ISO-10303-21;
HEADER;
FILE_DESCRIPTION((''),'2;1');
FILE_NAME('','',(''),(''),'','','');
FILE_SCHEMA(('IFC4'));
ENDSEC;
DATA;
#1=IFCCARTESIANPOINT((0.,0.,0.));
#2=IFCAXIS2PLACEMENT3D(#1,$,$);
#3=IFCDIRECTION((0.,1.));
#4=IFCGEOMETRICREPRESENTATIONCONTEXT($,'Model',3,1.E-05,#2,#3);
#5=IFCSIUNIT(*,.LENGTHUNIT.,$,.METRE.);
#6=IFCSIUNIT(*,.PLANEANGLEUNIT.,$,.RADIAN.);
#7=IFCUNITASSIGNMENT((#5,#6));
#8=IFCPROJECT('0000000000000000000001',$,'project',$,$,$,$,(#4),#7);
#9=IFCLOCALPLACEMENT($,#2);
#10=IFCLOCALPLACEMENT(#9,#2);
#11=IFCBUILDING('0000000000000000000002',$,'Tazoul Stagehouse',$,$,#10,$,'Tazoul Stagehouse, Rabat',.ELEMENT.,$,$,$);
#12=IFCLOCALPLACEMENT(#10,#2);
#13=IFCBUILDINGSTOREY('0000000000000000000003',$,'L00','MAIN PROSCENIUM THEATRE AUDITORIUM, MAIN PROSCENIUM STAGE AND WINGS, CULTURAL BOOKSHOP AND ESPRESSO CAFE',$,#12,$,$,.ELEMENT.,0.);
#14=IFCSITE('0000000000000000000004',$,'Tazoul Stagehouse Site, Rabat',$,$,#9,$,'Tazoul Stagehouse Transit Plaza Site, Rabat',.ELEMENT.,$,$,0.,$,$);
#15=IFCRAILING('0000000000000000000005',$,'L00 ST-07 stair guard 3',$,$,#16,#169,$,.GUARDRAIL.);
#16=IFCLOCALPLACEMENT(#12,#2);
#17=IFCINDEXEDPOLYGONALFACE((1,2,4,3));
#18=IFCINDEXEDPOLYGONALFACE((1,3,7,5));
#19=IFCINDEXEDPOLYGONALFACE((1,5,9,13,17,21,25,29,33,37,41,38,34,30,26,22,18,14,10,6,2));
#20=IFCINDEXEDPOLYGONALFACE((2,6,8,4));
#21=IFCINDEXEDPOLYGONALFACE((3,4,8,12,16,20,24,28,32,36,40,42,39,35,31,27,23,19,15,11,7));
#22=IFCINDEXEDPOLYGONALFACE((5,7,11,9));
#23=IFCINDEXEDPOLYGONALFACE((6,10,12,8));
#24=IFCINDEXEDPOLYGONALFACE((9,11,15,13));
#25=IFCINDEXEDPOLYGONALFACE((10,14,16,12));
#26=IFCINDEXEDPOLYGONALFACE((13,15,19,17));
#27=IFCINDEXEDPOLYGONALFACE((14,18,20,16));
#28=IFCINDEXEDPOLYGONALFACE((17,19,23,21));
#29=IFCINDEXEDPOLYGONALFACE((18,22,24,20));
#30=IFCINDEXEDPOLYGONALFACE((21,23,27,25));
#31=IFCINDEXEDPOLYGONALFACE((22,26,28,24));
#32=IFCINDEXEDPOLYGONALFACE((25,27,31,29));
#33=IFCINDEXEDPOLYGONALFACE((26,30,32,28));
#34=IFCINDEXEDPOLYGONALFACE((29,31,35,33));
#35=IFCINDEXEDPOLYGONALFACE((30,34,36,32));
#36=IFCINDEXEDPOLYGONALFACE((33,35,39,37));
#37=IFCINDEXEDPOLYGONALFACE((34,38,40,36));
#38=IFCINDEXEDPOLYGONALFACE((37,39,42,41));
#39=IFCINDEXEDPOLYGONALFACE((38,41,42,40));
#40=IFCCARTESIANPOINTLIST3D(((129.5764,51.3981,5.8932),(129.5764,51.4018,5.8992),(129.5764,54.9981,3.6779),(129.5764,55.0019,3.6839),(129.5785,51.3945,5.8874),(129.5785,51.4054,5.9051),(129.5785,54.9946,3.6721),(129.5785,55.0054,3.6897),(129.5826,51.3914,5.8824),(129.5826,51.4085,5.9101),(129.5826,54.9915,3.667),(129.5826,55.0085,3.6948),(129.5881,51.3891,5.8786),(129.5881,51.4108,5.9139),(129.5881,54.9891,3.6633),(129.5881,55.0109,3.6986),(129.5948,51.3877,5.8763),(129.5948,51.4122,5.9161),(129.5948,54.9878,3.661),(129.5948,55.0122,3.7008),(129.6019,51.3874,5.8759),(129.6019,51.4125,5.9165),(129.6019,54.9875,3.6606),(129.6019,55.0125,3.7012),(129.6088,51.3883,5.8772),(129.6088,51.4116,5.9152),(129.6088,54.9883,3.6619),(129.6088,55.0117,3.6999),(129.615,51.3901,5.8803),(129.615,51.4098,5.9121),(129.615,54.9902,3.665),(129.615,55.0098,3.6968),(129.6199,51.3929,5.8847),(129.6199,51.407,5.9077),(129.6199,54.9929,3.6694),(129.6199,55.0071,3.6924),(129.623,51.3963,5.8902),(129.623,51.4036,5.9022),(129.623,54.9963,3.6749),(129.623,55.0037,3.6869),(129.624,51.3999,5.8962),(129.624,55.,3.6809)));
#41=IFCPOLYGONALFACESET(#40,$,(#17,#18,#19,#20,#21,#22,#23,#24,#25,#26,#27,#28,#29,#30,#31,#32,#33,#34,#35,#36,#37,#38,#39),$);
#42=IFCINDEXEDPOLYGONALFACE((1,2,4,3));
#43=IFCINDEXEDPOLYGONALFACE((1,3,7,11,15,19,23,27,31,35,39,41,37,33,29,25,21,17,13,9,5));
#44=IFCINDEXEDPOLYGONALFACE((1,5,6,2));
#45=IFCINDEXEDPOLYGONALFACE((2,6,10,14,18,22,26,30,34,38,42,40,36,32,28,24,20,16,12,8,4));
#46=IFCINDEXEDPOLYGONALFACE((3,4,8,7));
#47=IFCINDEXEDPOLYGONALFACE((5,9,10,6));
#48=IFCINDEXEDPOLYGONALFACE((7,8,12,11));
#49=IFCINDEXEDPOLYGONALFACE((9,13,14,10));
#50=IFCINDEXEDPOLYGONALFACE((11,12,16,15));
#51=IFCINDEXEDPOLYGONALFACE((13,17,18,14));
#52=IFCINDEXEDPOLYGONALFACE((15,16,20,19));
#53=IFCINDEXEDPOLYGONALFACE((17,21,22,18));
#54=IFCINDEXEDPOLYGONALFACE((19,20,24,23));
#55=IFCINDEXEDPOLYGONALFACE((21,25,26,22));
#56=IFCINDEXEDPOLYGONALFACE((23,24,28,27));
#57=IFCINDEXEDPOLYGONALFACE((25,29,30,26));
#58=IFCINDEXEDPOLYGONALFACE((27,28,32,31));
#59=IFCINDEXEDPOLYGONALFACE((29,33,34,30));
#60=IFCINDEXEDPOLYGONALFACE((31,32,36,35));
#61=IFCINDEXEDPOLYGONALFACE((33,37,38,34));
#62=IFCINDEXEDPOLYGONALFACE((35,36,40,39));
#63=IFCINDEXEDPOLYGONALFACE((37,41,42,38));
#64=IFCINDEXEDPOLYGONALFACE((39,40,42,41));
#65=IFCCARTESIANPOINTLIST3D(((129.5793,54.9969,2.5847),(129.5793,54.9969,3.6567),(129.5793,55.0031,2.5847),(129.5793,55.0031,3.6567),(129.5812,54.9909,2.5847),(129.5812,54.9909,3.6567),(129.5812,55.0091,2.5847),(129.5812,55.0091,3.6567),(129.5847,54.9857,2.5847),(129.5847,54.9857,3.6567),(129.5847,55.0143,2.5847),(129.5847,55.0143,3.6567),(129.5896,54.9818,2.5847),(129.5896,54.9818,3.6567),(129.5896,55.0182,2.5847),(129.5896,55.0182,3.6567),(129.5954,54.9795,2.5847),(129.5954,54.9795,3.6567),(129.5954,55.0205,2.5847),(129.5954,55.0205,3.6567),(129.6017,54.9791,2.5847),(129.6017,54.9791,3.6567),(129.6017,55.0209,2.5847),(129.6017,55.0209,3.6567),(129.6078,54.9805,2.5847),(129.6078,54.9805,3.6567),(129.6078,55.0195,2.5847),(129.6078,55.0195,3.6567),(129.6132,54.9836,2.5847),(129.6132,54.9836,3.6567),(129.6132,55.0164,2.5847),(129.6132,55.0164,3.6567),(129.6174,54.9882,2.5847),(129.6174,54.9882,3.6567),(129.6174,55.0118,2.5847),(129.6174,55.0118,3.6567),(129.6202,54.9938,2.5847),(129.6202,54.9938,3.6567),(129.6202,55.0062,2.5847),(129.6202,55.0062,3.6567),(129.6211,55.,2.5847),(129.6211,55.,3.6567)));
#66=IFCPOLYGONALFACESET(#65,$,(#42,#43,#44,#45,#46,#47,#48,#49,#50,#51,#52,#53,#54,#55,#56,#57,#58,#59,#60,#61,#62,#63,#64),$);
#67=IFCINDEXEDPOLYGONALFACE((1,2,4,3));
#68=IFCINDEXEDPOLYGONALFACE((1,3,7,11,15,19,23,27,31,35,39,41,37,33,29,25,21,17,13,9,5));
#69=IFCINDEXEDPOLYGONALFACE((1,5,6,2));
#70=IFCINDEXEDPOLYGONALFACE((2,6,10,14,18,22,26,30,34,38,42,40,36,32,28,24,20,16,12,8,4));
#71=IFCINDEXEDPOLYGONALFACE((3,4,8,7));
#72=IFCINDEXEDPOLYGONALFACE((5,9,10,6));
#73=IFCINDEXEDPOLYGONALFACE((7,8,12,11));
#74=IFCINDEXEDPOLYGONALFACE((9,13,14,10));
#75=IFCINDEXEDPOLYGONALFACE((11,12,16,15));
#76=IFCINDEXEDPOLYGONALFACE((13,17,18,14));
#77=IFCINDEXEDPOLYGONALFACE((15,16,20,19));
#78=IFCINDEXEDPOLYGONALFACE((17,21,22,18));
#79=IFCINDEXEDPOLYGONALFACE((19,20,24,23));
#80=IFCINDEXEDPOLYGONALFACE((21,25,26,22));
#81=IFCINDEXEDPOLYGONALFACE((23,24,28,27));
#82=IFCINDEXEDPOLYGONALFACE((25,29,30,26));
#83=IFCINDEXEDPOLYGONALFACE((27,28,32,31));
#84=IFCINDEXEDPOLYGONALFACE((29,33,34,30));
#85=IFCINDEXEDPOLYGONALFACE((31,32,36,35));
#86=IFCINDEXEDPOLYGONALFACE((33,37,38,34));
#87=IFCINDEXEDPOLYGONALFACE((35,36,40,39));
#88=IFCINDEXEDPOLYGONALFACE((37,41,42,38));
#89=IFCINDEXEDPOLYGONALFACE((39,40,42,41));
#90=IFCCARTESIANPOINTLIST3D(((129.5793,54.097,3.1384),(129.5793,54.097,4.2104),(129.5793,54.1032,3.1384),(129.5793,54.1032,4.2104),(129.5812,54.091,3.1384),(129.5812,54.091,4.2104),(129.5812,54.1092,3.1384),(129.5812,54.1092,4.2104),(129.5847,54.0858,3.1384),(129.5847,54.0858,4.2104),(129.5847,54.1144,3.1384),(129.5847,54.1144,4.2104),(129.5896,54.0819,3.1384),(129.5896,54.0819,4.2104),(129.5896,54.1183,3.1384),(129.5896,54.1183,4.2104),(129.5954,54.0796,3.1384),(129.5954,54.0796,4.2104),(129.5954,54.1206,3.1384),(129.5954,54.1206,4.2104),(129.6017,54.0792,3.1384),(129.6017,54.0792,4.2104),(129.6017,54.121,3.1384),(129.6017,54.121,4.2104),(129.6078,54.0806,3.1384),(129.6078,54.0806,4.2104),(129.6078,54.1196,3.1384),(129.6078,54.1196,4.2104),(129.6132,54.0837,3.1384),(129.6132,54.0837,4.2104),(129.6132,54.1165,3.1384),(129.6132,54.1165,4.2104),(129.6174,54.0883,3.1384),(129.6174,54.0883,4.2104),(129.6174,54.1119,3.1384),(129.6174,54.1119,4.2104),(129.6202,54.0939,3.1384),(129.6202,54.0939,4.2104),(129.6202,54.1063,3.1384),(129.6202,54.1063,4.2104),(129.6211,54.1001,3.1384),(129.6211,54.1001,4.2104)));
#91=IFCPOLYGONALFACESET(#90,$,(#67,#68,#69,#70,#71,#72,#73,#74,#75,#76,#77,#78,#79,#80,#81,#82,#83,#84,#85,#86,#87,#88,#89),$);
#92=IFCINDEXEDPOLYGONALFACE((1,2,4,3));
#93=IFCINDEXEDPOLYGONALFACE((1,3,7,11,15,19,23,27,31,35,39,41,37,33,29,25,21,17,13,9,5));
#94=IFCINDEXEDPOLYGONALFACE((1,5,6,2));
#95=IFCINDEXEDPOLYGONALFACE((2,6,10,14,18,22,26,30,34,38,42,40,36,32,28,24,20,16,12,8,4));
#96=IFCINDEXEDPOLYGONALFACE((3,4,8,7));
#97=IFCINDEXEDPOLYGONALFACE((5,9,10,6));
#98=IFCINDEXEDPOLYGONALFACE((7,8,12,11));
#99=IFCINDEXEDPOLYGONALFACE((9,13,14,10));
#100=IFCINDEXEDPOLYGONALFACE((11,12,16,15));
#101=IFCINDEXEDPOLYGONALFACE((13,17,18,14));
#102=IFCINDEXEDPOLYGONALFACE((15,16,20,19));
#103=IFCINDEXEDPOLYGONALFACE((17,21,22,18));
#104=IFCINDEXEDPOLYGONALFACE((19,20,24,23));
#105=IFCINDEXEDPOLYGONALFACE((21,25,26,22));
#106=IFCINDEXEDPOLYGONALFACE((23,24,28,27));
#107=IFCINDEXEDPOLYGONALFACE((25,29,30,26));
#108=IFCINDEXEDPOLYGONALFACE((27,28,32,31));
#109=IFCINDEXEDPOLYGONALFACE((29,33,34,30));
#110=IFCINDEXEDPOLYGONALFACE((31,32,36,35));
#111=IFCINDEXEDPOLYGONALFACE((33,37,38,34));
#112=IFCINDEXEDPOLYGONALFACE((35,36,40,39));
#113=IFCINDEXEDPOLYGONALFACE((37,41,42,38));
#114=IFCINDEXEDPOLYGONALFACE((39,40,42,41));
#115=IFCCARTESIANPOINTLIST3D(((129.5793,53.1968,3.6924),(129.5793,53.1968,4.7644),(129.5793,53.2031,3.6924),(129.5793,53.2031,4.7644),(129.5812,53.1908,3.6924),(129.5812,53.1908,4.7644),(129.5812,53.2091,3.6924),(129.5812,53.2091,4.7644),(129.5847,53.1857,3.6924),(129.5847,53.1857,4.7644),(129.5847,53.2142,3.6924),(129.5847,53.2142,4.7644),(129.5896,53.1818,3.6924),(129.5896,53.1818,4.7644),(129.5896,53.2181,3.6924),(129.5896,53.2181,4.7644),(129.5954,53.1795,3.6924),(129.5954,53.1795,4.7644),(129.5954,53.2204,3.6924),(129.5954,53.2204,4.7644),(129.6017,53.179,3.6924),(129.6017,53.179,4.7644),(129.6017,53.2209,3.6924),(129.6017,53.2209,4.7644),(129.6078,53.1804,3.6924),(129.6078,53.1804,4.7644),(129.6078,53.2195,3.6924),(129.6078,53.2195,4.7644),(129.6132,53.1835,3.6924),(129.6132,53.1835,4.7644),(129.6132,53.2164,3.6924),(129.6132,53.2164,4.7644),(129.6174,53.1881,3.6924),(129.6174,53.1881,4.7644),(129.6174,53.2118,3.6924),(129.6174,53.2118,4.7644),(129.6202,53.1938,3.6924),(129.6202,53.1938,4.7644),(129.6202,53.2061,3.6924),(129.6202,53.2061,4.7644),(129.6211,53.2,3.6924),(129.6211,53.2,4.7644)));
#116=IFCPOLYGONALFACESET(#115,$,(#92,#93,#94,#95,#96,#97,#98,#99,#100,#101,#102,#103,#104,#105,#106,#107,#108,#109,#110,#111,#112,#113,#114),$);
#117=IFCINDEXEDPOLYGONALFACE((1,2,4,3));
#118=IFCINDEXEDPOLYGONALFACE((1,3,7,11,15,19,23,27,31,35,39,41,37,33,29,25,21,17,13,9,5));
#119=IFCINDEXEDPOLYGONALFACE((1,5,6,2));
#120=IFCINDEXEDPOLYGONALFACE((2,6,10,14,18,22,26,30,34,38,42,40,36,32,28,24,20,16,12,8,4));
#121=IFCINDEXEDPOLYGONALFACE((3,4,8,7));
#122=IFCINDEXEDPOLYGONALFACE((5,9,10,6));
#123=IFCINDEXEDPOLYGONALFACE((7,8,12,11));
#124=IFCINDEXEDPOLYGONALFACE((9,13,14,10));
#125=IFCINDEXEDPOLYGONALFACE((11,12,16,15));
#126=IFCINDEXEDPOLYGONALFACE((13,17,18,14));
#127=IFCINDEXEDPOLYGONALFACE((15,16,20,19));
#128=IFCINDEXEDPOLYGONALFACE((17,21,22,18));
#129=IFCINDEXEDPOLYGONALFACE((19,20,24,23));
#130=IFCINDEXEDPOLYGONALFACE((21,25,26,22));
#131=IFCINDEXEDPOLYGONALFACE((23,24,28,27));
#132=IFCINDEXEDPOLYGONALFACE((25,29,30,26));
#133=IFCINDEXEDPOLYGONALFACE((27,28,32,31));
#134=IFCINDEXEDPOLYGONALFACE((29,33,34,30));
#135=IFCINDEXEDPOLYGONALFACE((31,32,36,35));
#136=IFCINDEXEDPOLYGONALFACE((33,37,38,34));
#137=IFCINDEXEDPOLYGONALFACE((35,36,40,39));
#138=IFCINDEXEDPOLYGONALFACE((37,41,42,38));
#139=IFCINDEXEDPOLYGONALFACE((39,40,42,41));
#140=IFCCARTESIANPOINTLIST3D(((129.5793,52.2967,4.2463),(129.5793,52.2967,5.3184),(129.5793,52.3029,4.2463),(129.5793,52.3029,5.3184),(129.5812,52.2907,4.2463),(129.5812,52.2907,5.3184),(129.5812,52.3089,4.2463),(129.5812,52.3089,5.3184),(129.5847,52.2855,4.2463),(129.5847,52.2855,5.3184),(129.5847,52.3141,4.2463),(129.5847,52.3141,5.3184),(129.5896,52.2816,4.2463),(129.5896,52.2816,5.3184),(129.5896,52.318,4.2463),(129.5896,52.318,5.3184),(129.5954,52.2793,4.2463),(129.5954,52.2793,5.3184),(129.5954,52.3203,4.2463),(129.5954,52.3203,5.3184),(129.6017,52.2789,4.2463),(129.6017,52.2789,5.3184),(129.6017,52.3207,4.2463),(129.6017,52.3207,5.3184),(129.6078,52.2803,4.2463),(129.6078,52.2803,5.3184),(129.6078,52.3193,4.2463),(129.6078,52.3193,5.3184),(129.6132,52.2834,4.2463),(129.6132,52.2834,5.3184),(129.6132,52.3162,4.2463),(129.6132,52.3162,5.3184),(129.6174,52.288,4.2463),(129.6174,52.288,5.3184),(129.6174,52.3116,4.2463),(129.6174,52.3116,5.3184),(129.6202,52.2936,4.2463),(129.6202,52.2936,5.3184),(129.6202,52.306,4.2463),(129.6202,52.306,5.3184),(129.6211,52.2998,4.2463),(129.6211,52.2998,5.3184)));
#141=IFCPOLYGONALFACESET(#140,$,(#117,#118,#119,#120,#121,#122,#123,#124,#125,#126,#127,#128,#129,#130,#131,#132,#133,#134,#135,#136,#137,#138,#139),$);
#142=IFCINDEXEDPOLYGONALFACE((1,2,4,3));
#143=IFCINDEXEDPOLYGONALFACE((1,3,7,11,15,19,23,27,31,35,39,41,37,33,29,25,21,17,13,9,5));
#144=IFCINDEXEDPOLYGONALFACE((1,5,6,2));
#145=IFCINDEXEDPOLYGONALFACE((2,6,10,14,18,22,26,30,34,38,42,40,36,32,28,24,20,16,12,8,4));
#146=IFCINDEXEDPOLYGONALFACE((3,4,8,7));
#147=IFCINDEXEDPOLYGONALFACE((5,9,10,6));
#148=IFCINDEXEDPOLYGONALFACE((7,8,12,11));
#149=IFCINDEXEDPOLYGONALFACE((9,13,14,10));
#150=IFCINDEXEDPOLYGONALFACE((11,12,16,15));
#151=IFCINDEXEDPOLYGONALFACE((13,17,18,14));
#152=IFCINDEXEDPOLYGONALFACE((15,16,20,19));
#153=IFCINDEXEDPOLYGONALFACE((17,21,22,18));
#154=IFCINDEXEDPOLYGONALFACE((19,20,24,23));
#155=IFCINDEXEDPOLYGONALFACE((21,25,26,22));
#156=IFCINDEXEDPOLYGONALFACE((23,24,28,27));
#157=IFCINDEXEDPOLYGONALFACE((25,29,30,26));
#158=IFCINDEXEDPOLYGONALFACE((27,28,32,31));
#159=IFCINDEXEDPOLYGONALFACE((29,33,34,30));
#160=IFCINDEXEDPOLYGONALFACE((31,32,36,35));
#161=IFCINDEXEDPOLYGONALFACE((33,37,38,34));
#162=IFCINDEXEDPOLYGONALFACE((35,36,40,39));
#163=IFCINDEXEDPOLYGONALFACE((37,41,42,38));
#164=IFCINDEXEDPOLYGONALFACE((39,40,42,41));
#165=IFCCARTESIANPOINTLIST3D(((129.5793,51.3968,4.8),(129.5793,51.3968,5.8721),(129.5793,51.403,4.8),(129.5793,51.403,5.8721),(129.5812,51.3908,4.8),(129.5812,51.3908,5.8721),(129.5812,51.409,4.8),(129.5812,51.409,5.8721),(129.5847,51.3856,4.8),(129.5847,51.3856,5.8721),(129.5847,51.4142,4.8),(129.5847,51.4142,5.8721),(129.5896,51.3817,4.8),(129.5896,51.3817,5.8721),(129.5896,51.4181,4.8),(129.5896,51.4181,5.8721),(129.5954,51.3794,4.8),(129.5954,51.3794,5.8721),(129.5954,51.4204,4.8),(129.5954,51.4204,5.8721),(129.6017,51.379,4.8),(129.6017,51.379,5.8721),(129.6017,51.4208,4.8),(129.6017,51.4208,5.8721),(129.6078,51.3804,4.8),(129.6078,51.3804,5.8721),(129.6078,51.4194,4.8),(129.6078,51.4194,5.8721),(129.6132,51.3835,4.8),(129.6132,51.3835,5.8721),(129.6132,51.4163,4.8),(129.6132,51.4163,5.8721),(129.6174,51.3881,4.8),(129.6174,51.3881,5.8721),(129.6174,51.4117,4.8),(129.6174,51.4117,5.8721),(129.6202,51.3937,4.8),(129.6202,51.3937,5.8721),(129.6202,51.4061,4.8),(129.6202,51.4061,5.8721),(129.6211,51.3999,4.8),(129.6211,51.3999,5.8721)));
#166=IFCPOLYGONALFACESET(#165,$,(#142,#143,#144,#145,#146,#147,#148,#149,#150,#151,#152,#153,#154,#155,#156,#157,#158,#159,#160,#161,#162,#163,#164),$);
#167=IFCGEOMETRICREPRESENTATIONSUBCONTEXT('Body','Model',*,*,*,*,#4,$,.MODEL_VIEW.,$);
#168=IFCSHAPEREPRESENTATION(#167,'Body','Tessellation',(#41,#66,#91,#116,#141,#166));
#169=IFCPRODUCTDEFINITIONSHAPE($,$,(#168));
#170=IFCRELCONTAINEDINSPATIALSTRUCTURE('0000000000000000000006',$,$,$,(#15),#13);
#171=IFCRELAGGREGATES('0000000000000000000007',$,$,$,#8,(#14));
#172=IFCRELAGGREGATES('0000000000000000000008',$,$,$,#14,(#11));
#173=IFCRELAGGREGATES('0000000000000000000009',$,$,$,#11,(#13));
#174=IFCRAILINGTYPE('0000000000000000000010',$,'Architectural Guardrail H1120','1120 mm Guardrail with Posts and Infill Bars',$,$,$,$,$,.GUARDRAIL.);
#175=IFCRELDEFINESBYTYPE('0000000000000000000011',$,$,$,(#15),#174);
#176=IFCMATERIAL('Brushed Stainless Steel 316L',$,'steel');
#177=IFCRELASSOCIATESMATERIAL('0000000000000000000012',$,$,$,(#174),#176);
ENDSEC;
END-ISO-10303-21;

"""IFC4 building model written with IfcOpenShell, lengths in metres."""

from ifc_helpers import new_model, si_unit, direction, frame, origin, origin_2d, place, context, subcontext, project, spatial, circle, extrude, material, material_profile, profile_set, type_object, element, save


model = new_model("IFC4")

# Units and contexts
model_context = context("Model", 3, precision=1e-05, world=origin(), true_north=direction((0.0, 1.0)))
body_context = subcontext(model_context, "Body", "Model", "MODEL_VIEW")
ifc_project = project(units=[si_unit("LENGTHUNIT", "METRE"), si_unit("PLANEANGLEUNIT", "RADIAN")], contexts=[model_context])

# Site, building, storey
site_placement = place(None, origin())
site = spatial("IfcSite", under=ifc_project, at=site_placement, Name="Tazoul Stagehouse Site, Rabat", LongName="Tazoul Stagehouse Transit Plaza Site, Rabat", CompositionType="ELEMENT", RefElevation=0.0)
building_placement = place(site_placement, origin())
building = spatial("IfcBuilding", under=site, at=building_placement, Name="Tazoul Stagehouse", LongName="Tazoul Stagehouse, Rabat", CompositionType="ELEMENT")
storey_placement = place(building_placement, origin())
storey = spatial("IfcBuildingStorey", under=building, at=storey_placement, Name="L00", Description="MAIN PROSCENIUM THEATRE AUDITORIUM, MAIN PROSCENIUM STAGE AND WINGS, CULTURAL BOOKSHOP AND ESPRESSO CAFE", CompositionType="ELEMENT", Elevation=0.0)

# Railing
ifc_material_1 = material(Name="Brushed Stainless Steel 316L", Category="steel")
ifc_material_profile_1 = material_profile(ifc_material_1, circle(Radius=0.0239, at=origin_2d()), Name="SS RAIL D48")
ifc_profile_set_1 = profile_set([ifc_material_profile_1], Name="Brushed Stainless Steel 316L")
railing_type_1 = type_object("IfcRailingType", Name="Architectural Guardrail H1120", Description="1120 mm Guardrail with Posts and Infill Bars", PredefinedType="GUARDRAIL", material=ifc_profile_set_1)
railing_1_placement = place(storey_placement, frame((129.6001, 55.0, 2.5847)))
element("IfcRailing", 1, at=railing_1_placement, inside=storey, type_object=railing_type_1, Name="L00 ST-07 stair guard 3", PredefinedType="GUARDRAIL", context=body_context, shape_type="SweptSolid", body=[
    extrude(circle(Radius=0.0239, at=origin_2d()), frame((0.0, 0.0, 1.0962), z_axis=(0.0, -0.85167, 0.524078), x_axis=(1.0, 0.0, 0.0)), (0.0, 0.0, 1.0), 4.2271),
    extrude(circle(Radius=0.021, at=origin_2d()), origin(), (0.0, 0.0, 1.0), 1.072),
    extrude(circle(Radius=0.021, at=origin_2d()), frame((0.0, -0.8999, 0.5537)), (0.0, 0.0, 1.0), 1.072),
    extrude(circle(Radius=0.021, at=origin_2d()), frame((0.0, -1.8, 1.1077)), (0.0, 0.0, 1.0), 1.072),
    extrude(circle(Radius=0.021, at=origin_2d()), frame((0.0, -2.7002, 1.6616)), (0.0, 0.0, 1.0), 1.072),
    extrude(circle(Radius=0.021, at=origin_2d()), frame((0.0, -3.6001, 2.2153)), (0.0, 0.0, 1.0), 1.072),
])

save(model, "model.ifc")
